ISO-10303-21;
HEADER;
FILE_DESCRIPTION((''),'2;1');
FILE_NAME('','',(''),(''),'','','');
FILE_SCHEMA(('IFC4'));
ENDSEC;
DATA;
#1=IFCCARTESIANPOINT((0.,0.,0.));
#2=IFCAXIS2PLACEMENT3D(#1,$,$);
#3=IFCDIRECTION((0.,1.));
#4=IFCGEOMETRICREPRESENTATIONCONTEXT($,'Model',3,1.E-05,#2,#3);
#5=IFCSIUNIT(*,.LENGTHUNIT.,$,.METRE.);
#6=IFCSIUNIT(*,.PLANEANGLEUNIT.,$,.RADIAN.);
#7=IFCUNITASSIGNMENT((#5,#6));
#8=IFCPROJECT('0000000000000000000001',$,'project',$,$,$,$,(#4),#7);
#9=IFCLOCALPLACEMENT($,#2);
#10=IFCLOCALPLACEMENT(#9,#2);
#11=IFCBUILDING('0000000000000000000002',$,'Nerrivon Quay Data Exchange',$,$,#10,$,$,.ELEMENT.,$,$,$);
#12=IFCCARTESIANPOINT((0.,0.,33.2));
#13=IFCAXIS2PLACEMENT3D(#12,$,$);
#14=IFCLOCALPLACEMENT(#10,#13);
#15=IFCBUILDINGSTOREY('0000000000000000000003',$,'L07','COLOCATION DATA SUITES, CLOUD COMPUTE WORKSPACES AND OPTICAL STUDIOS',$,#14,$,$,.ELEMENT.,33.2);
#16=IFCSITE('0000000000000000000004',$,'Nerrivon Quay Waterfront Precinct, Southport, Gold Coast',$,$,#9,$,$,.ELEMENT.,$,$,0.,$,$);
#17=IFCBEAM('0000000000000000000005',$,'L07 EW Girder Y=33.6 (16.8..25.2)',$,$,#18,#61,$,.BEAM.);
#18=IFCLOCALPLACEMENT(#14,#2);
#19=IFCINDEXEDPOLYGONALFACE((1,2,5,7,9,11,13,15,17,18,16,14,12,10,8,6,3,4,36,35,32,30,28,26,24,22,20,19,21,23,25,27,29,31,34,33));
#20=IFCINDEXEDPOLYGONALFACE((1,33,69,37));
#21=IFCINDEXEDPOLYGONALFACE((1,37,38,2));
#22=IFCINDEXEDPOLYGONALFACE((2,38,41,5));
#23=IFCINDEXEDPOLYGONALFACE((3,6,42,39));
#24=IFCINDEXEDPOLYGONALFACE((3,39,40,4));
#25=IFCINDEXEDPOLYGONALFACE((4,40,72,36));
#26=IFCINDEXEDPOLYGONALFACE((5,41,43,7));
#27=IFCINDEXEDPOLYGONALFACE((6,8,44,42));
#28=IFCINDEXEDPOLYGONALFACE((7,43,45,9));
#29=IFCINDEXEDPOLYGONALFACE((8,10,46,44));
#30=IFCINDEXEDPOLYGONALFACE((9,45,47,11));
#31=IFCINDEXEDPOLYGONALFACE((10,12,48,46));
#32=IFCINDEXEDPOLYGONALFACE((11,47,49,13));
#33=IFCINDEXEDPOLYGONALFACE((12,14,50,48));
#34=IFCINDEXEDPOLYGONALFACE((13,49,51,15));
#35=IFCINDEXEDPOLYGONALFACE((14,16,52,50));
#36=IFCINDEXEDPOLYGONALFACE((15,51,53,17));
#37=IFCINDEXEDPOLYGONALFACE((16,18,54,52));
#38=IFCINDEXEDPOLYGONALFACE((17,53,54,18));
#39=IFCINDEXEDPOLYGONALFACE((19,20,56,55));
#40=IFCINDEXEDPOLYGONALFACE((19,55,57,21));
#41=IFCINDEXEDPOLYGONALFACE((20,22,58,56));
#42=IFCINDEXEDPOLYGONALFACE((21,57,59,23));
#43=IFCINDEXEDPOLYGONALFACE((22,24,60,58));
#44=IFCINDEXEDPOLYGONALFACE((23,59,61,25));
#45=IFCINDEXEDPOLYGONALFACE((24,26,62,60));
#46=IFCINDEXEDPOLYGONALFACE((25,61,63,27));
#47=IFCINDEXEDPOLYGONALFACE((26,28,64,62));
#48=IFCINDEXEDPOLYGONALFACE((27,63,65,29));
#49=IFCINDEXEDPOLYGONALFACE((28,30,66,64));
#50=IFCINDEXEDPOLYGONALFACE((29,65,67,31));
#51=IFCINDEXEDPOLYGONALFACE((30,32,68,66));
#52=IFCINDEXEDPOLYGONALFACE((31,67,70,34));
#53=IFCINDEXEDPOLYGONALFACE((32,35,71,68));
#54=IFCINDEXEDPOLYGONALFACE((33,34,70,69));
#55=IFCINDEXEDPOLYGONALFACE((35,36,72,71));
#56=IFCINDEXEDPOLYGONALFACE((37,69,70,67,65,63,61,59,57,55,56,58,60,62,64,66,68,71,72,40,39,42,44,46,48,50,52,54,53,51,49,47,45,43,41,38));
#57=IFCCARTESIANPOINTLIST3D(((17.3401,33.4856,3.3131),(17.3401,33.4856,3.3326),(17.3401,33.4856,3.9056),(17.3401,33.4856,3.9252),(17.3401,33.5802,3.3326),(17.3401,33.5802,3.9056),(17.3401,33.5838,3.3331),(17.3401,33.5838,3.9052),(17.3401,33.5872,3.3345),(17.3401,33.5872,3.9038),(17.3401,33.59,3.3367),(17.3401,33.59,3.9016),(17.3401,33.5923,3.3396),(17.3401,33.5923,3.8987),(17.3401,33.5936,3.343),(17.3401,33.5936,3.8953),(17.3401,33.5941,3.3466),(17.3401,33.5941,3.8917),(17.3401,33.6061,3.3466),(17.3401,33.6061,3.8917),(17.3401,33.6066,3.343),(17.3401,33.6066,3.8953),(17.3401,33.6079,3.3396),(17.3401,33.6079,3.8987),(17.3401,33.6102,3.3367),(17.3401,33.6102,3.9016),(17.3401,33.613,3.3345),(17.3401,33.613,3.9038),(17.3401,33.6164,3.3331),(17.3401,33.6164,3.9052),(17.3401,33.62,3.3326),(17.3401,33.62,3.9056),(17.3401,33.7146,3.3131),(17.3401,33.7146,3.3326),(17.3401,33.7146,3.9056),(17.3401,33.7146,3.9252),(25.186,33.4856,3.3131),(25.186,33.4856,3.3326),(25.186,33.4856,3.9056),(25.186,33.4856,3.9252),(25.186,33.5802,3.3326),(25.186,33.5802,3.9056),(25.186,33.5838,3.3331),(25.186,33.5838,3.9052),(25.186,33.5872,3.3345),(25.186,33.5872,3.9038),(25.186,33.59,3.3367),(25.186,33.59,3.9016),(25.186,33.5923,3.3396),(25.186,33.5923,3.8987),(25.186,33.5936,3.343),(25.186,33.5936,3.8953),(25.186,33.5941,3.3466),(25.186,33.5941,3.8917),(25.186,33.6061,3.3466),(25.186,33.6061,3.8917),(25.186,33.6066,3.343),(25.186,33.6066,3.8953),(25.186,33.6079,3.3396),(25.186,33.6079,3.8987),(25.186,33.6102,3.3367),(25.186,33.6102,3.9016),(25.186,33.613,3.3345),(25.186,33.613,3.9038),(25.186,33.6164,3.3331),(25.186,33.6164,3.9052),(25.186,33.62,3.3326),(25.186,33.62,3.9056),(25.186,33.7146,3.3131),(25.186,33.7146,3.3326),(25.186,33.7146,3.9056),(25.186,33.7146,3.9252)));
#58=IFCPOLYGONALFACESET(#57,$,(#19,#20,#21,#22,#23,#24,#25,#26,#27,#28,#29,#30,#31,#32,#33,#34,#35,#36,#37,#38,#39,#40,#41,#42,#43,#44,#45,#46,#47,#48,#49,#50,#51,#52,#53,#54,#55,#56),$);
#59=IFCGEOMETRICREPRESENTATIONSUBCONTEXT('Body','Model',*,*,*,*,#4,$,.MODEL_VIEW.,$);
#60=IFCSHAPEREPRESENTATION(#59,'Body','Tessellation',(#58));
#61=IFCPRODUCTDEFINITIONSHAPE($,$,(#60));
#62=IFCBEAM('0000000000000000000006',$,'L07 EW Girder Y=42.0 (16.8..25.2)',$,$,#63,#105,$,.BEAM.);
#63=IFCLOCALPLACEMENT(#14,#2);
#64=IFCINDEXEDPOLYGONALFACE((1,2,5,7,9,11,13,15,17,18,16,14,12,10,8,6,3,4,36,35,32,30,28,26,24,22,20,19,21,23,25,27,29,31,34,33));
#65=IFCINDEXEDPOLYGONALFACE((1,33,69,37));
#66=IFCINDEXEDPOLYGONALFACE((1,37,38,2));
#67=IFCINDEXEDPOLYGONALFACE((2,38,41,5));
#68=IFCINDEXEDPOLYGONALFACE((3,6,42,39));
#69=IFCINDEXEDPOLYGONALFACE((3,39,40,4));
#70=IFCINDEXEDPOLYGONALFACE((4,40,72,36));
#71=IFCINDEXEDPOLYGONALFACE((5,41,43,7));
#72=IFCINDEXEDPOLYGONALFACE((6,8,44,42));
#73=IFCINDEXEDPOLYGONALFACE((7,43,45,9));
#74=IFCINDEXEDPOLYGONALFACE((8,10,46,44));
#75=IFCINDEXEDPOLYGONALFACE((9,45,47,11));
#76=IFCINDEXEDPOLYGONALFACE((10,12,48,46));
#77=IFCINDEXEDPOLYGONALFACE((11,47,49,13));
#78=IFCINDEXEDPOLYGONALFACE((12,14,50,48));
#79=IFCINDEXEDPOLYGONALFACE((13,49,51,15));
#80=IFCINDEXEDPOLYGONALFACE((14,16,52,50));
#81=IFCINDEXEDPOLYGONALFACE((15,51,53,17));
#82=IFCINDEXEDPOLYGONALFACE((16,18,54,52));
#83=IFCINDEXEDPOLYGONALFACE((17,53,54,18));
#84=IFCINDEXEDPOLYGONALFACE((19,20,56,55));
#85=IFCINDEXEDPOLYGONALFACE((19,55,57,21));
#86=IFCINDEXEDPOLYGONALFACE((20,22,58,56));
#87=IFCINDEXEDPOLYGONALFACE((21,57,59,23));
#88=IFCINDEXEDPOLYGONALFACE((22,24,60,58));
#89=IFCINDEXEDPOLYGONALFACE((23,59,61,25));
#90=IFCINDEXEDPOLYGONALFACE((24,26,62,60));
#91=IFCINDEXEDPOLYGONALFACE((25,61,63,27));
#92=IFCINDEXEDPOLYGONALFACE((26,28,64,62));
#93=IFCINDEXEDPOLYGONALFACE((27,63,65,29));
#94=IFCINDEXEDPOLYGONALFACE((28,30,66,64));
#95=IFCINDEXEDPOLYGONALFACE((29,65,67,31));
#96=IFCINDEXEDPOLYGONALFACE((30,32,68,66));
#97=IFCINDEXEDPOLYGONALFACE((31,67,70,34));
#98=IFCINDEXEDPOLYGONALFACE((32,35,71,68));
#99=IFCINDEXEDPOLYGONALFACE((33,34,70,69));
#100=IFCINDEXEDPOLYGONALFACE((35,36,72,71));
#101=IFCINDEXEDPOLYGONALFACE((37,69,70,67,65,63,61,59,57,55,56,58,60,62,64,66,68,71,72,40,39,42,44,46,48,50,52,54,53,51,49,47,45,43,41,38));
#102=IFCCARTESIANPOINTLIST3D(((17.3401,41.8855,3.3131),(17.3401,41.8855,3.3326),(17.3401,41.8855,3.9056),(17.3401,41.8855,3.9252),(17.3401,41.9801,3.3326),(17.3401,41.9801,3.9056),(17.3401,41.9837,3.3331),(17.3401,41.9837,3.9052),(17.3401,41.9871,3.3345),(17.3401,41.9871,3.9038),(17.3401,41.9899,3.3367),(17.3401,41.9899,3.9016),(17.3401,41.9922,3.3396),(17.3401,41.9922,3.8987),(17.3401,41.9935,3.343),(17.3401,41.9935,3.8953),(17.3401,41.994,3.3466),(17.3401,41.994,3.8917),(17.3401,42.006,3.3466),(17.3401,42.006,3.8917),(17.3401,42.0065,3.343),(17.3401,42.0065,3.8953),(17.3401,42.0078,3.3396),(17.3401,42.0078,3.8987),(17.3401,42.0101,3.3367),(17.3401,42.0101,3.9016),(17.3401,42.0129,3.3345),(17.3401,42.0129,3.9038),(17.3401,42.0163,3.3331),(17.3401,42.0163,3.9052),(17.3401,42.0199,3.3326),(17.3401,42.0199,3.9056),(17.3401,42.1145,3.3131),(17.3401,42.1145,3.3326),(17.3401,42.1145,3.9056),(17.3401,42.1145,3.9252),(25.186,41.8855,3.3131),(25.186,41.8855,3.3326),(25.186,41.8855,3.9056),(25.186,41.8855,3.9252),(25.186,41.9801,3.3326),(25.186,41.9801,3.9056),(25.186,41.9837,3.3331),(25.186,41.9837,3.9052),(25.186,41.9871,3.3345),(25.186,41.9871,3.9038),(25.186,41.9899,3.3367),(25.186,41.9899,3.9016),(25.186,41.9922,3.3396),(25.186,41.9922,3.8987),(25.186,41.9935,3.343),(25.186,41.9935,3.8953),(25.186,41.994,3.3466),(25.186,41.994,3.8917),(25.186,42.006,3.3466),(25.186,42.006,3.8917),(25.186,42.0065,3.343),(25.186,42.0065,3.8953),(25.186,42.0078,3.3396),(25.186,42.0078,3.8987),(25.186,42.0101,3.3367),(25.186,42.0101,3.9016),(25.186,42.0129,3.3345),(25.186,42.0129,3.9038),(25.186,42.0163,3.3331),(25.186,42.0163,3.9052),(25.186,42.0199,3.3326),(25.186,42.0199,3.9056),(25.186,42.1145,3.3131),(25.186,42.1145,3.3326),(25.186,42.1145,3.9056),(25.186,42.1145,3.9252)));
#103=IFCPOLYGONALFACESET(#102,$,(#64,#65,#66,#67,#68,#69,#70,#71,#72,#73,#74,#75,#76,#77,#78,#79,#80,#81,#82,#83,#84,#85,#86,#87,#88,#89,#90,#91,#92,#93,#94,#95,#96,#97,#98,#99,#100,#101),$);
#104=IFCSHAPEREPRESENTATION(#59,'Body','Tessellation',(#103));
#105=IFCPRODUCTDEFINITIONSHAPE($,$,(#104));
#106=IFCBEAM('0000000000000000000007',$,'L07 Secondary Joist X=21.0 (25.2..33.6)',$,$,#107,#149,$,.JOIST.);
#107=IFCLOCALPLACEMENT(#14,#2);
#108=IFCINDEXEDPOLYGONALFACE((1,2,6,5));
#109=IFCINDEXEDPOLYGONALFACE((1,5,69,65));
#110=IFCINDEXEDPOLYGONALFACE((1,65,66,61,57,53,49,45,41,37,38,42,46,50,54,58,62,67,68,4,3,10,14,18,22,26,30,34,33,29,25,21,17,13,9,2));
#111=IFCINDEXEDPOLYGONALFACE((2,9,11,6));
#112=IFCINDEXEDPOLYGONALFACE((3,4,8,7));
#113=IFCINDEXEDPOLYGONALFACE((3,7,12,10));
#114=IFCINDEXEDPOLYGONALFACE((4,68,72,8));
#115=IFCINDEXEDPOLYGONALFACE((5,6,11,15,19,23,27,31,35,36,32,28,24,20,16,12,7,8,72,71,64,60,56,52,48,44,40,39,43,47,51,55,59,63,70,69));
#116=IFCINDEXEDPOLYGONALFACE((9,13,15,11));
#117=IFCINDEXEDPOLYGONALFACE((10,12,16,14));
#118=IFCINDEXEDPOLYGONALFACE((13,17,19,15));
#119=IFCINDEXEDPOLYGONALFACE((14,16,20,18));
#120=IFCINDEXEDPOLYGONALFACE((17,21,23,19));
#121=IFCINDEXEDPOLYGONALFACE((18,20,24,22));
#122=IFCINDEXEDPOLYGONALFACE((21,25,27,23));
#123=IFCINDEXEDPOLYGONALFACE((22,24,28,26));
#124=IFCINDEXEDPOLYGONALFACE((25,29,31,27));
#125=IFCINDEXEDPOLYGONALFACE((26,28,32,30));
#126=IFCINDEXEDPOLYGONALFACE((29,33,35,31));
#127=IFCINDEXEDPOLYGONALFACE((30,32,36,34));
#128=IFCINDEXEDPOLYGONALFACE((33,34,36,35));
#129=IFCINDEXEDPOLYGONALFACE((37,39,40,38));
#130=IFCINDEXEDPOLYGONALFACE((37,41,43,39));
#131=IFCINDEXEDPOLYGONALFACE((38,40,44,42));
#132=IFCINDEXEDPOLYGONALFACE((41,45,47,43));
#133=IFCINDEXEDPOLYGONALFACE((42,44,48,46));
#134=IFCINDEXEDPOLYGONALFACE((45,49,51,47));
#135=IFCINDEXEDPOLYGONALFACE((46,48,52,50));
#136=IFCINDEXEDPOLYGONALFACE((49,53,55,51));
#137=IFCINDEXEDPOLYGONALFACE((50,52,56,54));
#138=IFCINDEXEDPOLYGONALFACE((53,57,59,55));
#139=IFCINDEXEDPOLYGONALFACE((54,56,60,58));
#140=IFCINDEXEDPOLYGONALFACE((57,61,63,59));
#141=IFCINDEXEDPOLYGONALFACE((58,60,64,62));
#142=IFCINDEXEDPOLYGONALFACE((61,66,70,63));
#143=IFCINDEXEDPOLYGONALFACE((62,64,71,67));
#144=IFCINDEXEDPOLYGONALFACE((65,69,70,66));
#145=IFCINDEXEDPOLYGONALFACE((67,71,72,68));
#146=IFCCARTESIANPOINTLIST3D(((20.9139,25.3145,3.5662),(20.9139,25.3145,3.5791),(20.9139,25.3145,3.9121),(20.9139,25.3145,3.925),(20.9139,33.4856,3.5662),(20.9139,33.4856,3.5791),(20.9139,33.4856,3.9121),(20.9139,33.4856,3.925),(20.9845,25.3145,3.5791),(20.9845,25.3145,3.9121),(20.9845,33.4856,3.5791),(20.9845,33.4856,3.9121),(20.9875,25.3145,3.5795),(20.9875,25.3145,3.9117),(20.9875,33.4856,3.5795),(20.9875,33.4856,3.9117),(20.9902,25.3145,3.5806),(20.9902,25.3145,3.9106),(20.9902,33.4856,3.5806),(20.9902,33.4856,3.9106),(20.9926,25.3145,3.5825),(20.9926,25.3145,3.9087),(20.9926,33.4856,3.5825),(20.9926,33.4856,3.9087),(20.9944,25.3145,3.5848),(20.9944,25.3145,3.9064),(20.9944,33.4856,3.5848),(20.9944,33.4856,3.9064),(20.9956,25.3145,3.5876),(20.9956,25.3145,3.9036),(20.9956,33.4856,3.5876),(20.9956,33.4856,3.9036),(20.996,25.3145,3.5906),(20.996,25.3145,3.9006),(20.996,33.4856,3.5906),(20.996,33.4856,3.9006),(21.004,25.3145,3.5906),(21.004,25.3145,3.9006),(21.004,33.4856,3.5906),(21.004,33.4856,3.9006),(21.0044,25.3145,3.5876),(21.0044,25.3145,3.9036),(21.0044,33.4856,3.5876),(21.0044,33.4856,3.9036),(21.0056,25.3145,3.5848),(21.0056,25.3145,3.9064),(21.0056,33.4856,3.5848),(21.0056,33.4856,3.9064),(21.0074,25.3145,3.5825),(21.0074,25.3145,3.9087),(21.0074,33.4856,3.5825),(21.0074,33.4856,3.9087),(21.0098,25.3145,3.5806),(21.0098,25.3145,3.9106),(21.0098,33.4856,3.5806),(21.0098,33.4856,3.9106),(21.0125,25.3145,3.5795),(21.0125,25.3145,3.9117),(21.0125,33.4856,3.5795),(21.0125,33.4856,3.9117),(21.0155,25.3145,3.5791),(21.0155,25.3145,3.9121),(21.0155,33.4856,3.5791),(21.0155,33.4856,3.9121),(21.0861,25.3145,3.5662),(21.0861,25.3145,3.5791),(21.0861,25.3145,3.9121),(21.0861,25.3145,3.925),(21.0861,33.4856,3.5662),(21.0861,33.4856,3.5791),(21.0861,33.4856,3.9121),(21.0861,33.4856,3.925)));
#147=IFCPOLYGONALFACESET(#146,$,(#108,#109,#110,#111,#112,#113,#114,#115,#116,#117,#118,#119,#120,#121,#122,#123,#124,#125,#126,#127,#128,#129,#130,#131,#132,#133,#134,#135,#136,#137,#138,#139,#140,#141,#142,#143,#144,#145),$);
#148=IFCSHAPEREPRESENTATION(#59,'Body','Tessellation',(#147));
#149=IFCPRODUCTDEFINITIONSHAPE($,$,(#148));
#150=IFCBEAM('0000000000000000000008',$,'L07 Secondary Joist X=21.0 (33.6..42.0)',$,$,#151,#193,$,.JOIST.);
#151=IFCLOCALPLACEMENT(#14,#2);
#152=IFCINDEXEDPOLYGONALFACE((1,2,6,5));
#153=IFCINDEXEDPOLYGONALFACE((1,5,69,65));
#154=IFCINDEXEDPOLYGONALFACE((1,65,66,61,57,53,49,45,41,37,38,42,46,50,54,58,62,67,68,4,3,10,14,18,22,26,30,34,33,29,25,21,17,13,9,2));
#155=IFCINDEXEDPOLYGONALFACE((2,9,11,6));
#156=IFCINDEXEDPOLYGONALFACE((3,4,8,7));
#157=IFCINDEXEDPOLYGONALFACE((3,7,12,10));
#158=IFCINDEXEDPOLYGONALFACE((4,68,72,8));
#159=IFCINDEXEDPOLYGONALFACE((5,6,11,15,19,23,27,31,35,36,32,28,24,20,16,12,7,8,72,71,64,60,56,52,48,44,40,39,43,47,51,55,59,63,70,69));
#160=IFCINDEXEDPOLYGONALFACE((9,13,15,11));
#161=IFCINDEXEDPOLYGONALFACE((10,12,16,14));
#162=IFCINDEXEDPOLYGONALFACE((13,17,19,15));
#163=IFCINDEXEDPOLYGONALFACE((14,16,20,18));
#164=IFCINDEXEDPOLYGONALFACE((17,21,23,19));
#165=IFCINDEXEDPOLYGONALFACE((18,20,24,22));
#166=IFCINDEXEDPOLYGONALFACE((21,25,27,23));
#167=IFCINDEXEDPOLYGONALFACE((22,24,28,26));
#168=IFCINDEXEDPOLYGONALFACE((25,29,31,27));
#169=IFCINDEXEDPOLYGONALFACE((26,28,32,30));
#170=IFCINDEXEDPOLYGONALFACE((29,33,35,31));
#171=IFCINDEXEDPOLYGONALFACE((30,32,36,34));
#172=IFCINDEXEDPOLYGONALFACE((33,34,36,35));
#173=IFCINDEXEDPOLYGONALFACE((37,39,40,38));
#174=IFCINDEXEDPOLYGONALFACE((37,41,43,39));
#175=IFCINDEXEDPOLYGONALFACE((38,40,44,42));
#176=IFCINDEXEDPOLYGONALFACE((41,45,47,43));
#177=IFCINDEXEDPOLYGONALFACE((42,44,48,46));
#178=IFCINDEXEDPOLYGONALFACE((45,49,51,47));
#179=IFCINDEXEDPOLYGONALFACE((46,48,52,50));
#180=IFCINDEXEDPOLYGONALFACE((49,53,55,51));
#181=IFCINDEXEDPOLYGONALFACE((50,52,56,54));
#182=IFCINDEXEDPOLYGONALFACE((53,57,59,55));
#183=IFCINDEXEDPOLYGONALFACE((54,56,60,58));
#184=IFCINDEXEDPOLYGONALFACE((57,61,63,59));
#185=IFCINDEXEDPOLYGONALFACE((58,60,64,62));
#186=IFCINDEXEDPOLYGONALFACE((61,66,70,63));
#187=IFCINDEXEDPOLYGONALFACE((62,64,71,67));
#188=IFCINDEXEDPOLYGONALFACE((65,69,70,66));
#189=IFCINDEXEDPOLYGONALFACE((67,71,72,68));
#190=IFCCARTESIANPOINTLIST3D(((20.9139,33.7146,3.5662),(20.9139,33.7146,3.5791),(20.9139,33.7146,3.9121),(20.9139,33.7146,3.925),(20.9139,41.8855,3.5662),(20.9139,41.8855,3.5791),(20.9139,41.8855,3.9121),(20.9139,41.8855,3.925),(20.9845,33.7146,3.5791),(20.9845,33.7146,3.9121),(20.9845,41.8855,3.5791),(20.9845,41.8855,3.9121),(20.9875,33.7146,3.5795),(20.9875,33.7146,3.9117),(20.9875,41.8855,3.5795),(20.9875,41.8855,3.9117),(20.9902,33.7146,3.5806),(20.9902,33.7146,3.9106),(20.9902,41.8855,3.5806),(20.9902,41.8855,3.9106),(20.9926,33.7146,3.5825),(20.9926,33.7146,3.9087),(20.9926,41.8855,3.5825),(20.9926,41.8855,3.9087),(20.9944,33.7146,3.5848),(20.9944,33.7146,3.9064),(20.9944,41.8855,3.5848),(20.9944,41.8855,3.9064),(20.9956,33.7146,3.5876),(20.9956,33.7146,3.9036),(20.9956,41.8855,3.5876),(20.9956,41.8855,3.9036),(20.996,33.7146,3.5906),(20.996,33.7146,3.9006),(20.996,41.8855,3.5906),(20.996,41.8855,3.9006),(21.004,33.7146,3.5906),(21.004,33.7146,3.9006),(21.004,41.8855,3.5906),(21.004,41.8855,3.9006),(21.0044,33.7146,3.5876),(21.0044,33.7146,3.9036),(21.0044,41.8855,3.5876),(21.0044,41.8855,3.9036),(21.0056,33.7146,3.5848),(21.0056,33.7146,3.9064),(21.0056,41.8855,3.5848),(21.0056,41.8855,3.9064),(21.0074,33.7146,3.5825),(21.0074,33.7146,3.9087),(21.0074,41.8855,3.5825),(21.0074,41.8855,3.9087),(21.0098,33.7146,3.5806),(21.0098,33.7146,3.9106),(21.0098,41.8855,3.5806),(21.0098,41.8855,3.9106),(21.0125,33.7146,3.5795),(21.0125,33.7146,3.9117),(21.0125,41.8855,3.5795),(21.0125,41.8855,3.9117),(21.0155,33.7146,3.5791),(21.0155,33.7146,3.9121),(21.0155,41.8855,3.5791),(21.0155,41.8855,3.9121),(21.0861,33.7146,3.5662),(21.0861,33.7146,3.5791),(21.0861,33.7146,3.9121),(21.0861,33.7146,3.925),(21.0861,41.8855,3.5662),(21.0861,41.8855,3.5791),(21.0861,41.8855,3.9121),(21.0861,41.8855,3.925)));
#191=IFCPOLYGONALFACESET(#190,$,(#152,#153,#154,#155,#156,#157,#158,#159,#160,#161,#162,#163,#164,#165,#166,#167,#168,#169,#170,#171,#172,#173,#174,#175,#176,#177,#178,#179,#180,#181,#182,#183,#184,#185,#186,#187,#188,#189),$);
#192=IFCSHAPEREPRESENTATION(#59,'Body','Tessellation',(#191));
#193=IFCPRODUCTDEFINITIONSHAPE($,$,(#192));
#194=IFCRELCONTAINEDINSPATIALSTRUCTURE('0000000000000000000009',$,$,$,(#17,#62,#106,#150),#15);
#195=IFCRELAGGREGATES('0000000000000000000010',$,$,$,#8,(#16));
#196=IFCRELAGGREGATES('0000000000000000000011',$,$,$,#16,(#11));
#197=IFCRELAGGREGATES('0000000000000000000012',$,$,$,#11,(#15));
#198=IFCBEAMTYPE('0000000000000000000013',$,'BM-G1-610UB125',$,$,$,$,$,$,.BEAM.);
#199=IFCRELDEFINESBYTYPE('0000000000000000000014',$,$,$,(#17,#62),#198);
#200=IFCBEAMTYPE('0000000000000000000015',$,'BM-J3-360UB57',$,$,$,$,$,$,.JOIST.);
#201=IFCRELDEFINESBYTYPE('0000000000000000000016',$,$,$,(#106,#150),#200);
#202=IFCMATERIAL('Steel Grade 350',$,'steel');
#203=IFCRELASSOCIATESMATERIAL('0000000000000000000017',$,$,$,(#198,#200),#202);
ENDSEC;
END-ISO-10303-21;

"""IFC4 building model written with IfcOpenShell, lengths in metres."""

from ifc_helpers import new_model, si_unit, direction, frame, origin, origin_2d, place, context, subcontext, project, spatial, i_section, extrude, material, material_profile, profile_set, type_object, element, save


model = new_model("IFC4")

# Units and contexts
model_context = context("Model", 3, precision=1e-05, world=origin(), true_north=direction((0.0, 1.0)))
body_context = subcontext(model_context, "Body", "Model", "MODEL_VIEW")
ifc_project = project(units=[si_unit("LENGTHUNIT", "METRE"), si_unit("PLANEANGLEUNIT", "RADIAN")], contexts=[model_context])

# Site, building, storey
site_placement = place(None, origin())
site = spatial("IfcSite", under=ifc_project, at=site_placement, Name="Nerrivon Quay Waterfront Precinct, Southport, Gold Coast", CompositionType="ELEMENT", RefElevation=0.0)
building_placement = place(site_placement, origin())
building = spatial("IfcBuilding", under=site, at=building_placement, Name="Nerrivon Quay Data Exchange", CompositionType="ELEMENT")
storey_placement = place(building_placement, frame((0.0, 0.0, 33.2)))
storey = spatial("IfcBuildingStorey", under=building, at=storey_placement, Name="L07", Description="COLOCATION DATA SUITES, CLOUD COMPUTE WORKSPACES AND OPTICAL STUDIOS", CompositionType="ELEMENT", Elevation=33.2)

# Beams
ifc_material_1 = material(Name="Steel Grade 350", Category="steel")
ifc_material_profile_1 = material_profile(ifc_material_1, i_section(OverallWidth=0.229, OverallDepth=0.6121, WebThickness=0.012, FlangeThickness=0.0195, FilletRadius=0.0139, at=origin_2d()), Name="610UB125")
ifc_profile_set_1 = profile_set([ifc_material_profile_1], Name="Steel Grade 350")
beam_type_1 = type_object("IfcBeamType", Name="BM-G1-610UB125", PredefinedType="BEAM", material=ifc_profile_set_1)
for number, where, z_axis, x_axis, name in (
    (1, (17.3401, 33.6001, 3.6191), (1.0, 0.0, 0.0), (0.0, 1.0, 0.0), "L07 EW Girder Y=33.6 (16.8..25.2)"),
    (2, (17.3401, 42.0, 3.6191), (1.0, 0.0, 0.0), (0.0, 1.0, 0.0), "L07 EW Girder Y=42.0 (16.8..25.2)"),
):
    element("IfcBeam", number, at=place(storey_placement, frame(where, z_axis=z_axis, x_axis=x_axis)), inside=storey, type_object=beam_type_1, Name=name, PredefinedType="BEAM", context=body_context, shape_type="SweptSolid", body=[
        extrude(i_section(OverallWidth=0.229, OverallDepth=0.6121, WebThickness=0.012, FlangeThickness=0.0195, FilletRadius=0.0139, at=origin_2d()), origin(), (0.0, 0.0, 1.0), 7.8459),
    ])
ifc_material_profile_2 = material_profile(ifc_material_1, i_section(OverallWidth=0.1721, OverallDepth=0.3589, WebThickness=0.0081, FlangeThickness=0.0129, FilletRadius=0.0115, at=origin_2d()), Name="360UB56.7")
ifc_profile_set_2 = profile_set([ifc_material_profile_2], Name="Steel Grade 350")
beam_type_2 = type_object("IfcBeamType", Name="BM-J3-360UB57", PredefinedType="JOIST", material=ifc_profile_set_2)
beam_1_placement = place(storey_placement, frame((21.0, 25.3145, 3.7456), z_axis=(0.0, 1.0, 0.0), x_axis=(-1.0, 0.0, 0.0)))
element("IfcBeam", 3, at=beam_1_placement, inside=storey, type_object=beam_type_2, Name="L07 Secondary Joist X=21.0 (25.2..33.6)", PredefinedType="JOIST", context=body_context, shape_type="SweptSolid", body=[
    extrude(i_section(OverallWidth=0.1721, OverallDepth=0.3589, WebThickness=0.0081, FlangeThickness=0.0129, FilletRadius=0.0115, at=origin_2d()), origin(), (0.0, 0.0, 1.0), 8.1711),
])
beam_2_placement = place(storey_placement, frame((21.0, 33.7146, 3.7456), z_axis=(0.0, 1.0, 0.0), x_axis=(-1.0, 0.0, 0.0)))
element("IfcBeam", 4, at=beam_2_placement, inside=storey, type_object=beam_type_2, Name="L07 Secondary Joist X=21.0 (33.6..42.0)", PredefinedType="JOIST", context=body_context, shape_type="SweptSolid", body=[
    extrude(i_section(OverallWidth=0.1721, OverallDepth=0.3589, WebThickness=0.0081, FlangeThickness=0.0129, FilletRadius=0.0115, at=origin_2d()), origin(), (0.0, 0.0, 1.0), 8.1709),
])

save(model, "model.ifc")
